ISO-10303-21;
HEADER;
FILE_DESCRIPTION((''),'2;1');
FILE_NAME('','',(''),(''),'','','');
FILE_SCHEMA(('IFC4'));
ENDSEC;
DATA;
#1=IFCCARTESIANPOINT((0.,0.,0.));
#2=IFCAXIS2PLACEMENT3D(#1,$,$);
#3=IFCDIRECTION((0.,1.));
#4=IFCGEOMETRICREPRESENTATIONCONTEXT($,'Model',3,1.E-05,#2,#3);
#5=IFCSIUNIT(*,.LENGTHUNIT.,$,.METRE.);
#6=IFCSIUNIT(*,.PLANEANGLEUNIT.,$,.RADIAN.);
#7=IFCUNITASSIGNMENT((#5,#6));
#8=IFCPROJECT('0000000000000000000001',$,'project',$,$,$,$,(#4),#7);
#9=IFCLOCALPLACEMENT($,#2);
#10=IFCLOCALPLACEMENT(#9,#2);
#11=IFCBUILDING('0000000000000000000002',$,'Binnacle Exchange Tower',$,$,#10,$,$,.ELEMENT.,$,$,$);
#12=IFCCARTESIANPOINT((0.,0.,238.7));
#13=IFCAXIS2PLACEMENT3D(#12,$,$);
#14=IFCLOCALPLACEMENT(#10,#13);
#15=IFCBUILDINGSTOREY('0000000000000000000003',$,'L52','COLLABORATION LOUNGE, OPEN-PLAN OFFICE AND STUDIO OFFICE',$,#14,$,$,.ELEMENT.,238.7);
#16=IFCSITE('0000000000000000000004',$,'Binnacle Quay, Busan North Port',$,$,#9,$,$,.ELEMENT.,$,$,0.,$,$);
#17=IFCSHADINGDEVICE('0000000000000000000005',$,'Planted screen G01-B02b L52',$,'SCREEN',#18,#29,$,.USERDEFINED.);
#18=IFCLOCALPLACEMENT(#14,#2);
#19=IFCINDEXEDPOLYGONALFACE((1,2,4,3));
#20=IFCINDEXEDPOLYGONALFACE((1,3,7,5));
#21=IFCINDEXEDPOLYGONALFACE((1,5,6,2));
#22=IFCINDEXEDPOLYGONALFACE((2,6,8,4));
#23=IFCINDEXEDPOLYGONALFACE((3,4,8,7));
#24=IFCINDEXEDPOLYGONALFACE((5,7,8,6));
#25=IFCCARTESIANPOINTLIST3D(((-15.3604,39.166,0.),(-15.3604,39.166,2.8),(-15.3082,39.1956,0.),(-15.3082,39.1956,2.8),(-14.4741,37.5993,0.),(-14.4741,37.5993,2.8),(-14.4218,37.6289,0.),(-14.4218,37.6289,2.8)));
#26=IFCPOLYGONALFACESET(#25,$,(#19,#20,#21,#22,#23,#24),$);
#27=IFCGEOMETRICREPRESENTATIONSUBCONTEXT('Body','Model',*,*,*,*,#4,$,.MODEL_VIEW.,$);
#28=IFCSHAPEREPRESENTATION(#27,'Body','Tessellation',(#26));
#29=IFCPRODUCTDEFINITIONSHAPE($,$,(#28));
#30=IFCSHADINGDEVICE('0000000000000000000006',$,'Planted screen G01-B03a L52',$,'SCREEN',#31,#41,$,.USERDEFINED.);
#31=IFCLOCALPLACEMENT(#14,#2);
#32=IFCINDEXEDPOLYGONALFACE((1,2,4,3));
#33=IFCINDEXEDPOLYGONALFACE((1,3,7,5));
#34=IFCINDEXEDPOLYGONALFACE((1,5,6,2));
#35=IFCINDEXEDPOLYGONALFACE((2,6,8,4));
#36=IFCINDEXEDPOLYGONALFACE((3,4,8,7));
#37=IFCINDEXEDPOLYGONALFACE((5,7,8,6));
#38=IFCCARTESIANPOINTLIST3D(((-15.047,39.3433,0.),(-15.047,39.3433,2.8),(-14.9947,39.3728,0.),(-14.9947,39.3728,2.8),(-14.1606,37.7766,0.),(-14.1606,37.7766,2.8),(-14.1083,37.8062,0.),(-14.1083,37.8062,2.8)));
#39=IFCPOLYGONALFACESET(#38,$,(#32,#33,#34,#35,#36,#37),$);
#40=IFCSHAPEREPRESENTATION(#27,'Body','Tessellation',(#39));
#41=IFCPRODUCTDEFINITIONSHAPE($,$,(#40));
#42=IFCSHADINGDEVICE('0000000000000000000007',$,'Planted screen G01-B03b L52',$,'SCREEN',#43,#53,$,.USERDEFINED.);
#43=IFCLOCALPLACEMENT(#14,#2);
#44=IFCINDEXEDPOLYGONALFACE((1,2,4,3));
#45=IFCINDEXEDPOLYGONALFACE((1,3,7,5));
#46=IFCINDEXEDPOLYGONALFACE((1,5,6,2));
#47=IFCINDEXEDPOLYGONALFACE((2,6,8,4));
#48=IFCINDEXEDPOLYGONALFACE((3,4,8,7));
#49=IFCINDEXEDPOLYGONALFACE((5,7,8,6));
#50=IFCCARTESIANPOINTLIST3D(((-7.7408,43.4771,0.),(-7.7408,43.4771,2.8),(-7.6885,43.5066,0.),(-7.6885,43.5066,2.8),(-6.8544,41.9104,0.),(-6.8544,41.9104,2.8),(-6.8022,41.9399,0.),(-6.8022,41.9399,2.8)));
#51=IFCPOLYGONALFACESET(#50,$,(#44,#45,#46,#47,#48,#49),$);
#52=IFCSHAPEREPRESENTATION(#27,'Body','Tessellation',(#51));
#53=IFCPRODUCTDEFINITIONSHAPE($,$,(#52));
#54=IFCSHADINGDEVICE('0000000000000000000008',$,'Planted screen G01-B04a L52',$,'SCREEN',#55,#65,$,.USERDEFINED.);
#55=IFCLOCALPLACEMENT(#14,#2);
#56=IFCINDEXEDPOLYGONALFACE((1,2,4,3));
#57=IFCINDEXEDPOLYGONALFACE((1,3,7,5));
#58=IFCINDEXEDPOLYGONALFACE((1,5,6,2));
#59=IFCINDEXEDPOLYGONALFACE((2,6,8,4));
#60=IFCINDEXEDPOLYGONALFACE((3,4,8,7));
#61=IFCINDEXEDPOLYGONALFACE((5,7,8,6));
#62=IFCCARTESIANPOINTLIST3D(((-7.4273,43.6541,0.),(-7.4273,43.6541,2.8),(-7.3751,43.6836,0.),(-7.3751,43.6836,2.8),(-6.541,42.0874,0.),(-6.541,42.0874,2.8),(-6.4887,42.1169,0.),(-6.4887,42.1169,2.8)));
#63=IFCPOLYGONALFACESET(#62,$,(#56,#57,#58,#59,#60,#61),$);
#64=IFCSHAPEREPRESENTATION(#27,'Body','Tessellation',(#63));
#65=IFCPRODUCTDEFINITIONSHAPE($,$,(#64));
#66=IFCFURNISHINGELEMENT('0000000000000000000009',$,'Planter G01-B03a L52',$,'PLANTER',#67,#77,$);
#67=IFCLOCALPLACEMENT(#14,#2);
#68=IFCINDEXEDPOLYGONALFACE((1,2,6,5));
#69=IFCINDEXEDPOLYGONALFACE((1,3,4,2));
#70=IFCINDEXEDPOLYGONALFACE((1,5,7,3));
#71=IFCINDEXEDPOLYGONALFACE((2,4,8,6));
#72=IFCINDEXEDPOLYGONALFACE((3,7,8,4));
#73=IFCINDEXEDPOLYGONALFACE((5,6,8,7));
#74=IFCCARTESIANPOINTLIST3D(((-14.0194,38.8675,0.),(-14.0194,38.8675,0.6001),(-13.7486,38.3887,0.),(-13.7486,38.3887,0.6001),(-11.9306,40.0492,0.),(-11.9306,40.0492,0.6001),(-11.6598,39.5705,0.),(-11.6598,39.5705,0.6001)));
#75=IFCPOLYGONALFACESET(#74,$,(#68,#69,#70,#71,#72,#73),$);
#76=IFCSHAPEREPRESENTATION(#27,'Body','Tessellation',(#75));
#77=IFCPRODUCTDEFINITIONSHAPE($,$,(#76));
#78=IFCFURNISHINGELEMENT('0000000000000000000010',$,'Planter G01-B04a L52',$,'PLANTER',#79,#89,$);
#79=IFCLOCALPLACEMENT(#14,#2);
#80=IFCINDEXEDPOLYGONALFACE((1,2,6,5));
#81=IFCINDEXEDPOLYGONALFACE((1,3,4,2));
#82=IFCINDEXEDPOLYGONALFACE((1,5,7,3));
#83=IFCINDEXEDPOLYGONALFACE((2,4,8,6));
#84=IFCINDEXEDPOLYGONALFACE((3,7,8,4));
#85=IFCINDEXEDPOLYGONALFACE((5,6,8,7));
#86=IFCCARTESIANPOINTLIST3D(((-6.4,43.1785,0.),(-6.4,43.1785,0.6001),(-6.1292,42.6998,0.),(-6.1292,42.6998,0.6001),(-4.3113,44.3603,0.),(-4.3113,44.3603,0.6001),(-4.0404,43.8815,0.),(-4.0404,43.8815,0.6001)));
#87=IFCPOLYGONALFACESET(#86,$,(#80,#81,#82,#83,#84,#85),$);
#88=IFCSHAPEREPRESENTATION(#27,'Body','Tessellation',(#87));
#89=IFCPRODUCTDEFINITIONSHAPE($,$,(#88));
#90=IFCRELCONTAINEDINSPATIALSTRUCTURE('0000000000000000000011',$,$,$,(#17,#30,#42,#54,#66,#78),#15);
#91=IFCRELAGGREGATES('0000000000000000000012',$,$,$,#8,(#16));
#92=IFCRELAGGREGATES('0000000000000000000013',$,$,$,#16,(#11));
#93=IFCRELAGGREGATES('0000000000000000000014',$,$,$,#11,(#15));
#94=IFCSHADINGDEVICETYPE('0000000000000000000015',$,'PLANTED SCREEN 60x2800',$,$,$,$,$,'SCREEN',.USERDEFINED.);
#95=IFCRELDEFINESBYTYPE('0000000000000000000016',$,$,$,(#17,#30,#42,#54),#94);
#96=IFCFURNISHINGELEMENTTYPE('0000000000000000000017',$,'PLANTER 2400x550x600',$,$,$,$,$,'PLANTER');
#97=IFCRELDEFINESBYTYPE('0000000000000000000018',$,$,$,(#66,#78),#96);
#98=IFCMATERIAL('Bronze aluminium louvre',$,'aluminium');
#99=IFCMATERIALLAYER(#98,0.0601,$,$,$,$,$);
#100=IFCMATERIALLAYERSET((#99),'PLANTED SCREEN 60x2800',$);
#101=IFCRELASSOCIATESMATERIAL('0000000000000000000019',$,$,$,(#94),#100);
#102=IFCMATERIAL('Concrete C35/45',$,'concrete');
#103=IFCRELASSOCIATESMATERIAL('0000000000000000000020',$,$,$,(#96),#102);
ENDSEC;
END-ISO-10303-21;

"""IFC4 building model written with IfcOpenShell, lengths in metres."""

from ifc_helpers import new_model, si_unit, direction, frame, origin, origin_2d, place, context, subcontext, project, spatial, rectangle, extrude, material, layer, layer_set, type_object, element, save


model = new_model("IFC4")

# Units and contexts
model_context = context("Model", 3, precision=1e-05, world=origin(), true_north=direction((0.0, 1.0)))
body_context = subcontext(model_context, "Body", "Model", "MODEL_VIEW")
ifc_project = project(units=[si_unit("LENGTHUNIT", "METRE"), si_unit("PLANEANGLEUNIT", "RADIAN")], contexts=[model_context])

# Site, building, storey
site_placement = place(None, origin())
site = spatial("IfcSite", under=ifc_project, at=site_placement, Name="Binnacle Quay, Busan North Port", CompositionType="ELEMENT", RefElevation=0.0)
building_placement = place(site_placement, origin())
building = spatial("IfcBuilding", under=site, at=building_placement, Name="Binnacle Exchange Tower", CompositionType="ELEMENT")
storey_placement = place(building_placement, frame((0.0, 0.0, 238.7)))
storey = spatial("IfcBuildingStorey", under=building, at=storey_placement, Name="L52", Description="COLLABORATION LOUNGE, OPEN-PLAN OFFICE AND STUDIO OFFICE", CompositionType="ELEMENT", Elevation=238.7)

# Shading devices
ifc_material_1 = material(Name="Bronze aluminium louvre", Category="aluminium")
ifc_layer_1 = layer(ifc_material_1, 0.0601)
ifc_layer_set_1 = layer_set([ifc_layer_1], Name="PLANTED SCREEN 60x2800")
shading_device_type = type_object("IfcShadingDeviceType", Name="PLANTED SCREEN 60x2800", ElementType="SCREEN", PredefinedType="USERDEFINED", material=ifc_layer_set_1)
for number, where, z_axis, x_axis, name in (
    (1, (-14.8911, 38.3975, 0.0), (0.0, 0.0, 1.0), (0.870356, 0.492424, 0.0), "Planted screen G01-B02b L52"),
    (2, (-14.5776, 38.5747, 0.0), (0.0, 0.0, 1.0), (0.870356, 0.492424, 0.0), "Planted screen G01-B03a L52"),
    (3, (-7.2715, 42.7085, 0.0), (0.0, 0.0, 1.0), (0.870356, 0.492424, 0.0), "Planted screen G01-B03b L52"),
    (4, (-6.958, 42.8855, 0.0), (0.0, 0.0, 1.0), (0.870356, 0.492424, 0.0), "Planted screen G01-B04a L52"),
):
    element("IfcShadingDevice", number, at=place(storey_placement, frame(where, z_axis=z_axis, x_axis=x_axis)), inside=storey, type_object=shading_device_type, Name=name, ObjectType="SCREEN", PredefinedType="USERDEFINED", context=body_context, shape_type="SweptSolid", body=[
        extrude(rectangle(XDim=0.0601, YDim=1.8, at=origin_2d()), origin(), (0.0, 0.0, 1.0), 2.8),
    ])

# Furnishing elements
ifc_material_2 = material(Name="Concrete C35/45", Category="concrete")
furnishing_element_type = type_object("IfcFurnishingElementType", Name="PLANTER 2400x550x600", ElementType="PLANTER", material=ifc_material_2)
for number, where, z_axis, x_axis, name in (
    (5, (-12.8396, 39.219, 0.0), (0.0, 0.0, 1.0), (0.870356, 0.492424, 0.0), "Planter G01-B03a L52"),
    (6, (-5.2202, 43.53, 0.0), (0.0, 0.0, 1.0), (0.870356, 0.492424, 0.0), "Planter G01-B04a L52"),
):
    element("IfcFurnishingElement", number, at=place(storey_placement, frame(where, z_axis=z_axis, x_axis=x_axis)), inside=storey, type_object=furnishing_element_type, Name=name, ObjectType="PLANTER", context=body_context, shape_type="SweptSolid", body=[
        extrude(rectangle(XDim=2.3999, YDim=0.55, at=origin_2d()), origin(), (0.0, 0.0, 1.0), 0.6001),
    ])

save(model, "model.ifc")
